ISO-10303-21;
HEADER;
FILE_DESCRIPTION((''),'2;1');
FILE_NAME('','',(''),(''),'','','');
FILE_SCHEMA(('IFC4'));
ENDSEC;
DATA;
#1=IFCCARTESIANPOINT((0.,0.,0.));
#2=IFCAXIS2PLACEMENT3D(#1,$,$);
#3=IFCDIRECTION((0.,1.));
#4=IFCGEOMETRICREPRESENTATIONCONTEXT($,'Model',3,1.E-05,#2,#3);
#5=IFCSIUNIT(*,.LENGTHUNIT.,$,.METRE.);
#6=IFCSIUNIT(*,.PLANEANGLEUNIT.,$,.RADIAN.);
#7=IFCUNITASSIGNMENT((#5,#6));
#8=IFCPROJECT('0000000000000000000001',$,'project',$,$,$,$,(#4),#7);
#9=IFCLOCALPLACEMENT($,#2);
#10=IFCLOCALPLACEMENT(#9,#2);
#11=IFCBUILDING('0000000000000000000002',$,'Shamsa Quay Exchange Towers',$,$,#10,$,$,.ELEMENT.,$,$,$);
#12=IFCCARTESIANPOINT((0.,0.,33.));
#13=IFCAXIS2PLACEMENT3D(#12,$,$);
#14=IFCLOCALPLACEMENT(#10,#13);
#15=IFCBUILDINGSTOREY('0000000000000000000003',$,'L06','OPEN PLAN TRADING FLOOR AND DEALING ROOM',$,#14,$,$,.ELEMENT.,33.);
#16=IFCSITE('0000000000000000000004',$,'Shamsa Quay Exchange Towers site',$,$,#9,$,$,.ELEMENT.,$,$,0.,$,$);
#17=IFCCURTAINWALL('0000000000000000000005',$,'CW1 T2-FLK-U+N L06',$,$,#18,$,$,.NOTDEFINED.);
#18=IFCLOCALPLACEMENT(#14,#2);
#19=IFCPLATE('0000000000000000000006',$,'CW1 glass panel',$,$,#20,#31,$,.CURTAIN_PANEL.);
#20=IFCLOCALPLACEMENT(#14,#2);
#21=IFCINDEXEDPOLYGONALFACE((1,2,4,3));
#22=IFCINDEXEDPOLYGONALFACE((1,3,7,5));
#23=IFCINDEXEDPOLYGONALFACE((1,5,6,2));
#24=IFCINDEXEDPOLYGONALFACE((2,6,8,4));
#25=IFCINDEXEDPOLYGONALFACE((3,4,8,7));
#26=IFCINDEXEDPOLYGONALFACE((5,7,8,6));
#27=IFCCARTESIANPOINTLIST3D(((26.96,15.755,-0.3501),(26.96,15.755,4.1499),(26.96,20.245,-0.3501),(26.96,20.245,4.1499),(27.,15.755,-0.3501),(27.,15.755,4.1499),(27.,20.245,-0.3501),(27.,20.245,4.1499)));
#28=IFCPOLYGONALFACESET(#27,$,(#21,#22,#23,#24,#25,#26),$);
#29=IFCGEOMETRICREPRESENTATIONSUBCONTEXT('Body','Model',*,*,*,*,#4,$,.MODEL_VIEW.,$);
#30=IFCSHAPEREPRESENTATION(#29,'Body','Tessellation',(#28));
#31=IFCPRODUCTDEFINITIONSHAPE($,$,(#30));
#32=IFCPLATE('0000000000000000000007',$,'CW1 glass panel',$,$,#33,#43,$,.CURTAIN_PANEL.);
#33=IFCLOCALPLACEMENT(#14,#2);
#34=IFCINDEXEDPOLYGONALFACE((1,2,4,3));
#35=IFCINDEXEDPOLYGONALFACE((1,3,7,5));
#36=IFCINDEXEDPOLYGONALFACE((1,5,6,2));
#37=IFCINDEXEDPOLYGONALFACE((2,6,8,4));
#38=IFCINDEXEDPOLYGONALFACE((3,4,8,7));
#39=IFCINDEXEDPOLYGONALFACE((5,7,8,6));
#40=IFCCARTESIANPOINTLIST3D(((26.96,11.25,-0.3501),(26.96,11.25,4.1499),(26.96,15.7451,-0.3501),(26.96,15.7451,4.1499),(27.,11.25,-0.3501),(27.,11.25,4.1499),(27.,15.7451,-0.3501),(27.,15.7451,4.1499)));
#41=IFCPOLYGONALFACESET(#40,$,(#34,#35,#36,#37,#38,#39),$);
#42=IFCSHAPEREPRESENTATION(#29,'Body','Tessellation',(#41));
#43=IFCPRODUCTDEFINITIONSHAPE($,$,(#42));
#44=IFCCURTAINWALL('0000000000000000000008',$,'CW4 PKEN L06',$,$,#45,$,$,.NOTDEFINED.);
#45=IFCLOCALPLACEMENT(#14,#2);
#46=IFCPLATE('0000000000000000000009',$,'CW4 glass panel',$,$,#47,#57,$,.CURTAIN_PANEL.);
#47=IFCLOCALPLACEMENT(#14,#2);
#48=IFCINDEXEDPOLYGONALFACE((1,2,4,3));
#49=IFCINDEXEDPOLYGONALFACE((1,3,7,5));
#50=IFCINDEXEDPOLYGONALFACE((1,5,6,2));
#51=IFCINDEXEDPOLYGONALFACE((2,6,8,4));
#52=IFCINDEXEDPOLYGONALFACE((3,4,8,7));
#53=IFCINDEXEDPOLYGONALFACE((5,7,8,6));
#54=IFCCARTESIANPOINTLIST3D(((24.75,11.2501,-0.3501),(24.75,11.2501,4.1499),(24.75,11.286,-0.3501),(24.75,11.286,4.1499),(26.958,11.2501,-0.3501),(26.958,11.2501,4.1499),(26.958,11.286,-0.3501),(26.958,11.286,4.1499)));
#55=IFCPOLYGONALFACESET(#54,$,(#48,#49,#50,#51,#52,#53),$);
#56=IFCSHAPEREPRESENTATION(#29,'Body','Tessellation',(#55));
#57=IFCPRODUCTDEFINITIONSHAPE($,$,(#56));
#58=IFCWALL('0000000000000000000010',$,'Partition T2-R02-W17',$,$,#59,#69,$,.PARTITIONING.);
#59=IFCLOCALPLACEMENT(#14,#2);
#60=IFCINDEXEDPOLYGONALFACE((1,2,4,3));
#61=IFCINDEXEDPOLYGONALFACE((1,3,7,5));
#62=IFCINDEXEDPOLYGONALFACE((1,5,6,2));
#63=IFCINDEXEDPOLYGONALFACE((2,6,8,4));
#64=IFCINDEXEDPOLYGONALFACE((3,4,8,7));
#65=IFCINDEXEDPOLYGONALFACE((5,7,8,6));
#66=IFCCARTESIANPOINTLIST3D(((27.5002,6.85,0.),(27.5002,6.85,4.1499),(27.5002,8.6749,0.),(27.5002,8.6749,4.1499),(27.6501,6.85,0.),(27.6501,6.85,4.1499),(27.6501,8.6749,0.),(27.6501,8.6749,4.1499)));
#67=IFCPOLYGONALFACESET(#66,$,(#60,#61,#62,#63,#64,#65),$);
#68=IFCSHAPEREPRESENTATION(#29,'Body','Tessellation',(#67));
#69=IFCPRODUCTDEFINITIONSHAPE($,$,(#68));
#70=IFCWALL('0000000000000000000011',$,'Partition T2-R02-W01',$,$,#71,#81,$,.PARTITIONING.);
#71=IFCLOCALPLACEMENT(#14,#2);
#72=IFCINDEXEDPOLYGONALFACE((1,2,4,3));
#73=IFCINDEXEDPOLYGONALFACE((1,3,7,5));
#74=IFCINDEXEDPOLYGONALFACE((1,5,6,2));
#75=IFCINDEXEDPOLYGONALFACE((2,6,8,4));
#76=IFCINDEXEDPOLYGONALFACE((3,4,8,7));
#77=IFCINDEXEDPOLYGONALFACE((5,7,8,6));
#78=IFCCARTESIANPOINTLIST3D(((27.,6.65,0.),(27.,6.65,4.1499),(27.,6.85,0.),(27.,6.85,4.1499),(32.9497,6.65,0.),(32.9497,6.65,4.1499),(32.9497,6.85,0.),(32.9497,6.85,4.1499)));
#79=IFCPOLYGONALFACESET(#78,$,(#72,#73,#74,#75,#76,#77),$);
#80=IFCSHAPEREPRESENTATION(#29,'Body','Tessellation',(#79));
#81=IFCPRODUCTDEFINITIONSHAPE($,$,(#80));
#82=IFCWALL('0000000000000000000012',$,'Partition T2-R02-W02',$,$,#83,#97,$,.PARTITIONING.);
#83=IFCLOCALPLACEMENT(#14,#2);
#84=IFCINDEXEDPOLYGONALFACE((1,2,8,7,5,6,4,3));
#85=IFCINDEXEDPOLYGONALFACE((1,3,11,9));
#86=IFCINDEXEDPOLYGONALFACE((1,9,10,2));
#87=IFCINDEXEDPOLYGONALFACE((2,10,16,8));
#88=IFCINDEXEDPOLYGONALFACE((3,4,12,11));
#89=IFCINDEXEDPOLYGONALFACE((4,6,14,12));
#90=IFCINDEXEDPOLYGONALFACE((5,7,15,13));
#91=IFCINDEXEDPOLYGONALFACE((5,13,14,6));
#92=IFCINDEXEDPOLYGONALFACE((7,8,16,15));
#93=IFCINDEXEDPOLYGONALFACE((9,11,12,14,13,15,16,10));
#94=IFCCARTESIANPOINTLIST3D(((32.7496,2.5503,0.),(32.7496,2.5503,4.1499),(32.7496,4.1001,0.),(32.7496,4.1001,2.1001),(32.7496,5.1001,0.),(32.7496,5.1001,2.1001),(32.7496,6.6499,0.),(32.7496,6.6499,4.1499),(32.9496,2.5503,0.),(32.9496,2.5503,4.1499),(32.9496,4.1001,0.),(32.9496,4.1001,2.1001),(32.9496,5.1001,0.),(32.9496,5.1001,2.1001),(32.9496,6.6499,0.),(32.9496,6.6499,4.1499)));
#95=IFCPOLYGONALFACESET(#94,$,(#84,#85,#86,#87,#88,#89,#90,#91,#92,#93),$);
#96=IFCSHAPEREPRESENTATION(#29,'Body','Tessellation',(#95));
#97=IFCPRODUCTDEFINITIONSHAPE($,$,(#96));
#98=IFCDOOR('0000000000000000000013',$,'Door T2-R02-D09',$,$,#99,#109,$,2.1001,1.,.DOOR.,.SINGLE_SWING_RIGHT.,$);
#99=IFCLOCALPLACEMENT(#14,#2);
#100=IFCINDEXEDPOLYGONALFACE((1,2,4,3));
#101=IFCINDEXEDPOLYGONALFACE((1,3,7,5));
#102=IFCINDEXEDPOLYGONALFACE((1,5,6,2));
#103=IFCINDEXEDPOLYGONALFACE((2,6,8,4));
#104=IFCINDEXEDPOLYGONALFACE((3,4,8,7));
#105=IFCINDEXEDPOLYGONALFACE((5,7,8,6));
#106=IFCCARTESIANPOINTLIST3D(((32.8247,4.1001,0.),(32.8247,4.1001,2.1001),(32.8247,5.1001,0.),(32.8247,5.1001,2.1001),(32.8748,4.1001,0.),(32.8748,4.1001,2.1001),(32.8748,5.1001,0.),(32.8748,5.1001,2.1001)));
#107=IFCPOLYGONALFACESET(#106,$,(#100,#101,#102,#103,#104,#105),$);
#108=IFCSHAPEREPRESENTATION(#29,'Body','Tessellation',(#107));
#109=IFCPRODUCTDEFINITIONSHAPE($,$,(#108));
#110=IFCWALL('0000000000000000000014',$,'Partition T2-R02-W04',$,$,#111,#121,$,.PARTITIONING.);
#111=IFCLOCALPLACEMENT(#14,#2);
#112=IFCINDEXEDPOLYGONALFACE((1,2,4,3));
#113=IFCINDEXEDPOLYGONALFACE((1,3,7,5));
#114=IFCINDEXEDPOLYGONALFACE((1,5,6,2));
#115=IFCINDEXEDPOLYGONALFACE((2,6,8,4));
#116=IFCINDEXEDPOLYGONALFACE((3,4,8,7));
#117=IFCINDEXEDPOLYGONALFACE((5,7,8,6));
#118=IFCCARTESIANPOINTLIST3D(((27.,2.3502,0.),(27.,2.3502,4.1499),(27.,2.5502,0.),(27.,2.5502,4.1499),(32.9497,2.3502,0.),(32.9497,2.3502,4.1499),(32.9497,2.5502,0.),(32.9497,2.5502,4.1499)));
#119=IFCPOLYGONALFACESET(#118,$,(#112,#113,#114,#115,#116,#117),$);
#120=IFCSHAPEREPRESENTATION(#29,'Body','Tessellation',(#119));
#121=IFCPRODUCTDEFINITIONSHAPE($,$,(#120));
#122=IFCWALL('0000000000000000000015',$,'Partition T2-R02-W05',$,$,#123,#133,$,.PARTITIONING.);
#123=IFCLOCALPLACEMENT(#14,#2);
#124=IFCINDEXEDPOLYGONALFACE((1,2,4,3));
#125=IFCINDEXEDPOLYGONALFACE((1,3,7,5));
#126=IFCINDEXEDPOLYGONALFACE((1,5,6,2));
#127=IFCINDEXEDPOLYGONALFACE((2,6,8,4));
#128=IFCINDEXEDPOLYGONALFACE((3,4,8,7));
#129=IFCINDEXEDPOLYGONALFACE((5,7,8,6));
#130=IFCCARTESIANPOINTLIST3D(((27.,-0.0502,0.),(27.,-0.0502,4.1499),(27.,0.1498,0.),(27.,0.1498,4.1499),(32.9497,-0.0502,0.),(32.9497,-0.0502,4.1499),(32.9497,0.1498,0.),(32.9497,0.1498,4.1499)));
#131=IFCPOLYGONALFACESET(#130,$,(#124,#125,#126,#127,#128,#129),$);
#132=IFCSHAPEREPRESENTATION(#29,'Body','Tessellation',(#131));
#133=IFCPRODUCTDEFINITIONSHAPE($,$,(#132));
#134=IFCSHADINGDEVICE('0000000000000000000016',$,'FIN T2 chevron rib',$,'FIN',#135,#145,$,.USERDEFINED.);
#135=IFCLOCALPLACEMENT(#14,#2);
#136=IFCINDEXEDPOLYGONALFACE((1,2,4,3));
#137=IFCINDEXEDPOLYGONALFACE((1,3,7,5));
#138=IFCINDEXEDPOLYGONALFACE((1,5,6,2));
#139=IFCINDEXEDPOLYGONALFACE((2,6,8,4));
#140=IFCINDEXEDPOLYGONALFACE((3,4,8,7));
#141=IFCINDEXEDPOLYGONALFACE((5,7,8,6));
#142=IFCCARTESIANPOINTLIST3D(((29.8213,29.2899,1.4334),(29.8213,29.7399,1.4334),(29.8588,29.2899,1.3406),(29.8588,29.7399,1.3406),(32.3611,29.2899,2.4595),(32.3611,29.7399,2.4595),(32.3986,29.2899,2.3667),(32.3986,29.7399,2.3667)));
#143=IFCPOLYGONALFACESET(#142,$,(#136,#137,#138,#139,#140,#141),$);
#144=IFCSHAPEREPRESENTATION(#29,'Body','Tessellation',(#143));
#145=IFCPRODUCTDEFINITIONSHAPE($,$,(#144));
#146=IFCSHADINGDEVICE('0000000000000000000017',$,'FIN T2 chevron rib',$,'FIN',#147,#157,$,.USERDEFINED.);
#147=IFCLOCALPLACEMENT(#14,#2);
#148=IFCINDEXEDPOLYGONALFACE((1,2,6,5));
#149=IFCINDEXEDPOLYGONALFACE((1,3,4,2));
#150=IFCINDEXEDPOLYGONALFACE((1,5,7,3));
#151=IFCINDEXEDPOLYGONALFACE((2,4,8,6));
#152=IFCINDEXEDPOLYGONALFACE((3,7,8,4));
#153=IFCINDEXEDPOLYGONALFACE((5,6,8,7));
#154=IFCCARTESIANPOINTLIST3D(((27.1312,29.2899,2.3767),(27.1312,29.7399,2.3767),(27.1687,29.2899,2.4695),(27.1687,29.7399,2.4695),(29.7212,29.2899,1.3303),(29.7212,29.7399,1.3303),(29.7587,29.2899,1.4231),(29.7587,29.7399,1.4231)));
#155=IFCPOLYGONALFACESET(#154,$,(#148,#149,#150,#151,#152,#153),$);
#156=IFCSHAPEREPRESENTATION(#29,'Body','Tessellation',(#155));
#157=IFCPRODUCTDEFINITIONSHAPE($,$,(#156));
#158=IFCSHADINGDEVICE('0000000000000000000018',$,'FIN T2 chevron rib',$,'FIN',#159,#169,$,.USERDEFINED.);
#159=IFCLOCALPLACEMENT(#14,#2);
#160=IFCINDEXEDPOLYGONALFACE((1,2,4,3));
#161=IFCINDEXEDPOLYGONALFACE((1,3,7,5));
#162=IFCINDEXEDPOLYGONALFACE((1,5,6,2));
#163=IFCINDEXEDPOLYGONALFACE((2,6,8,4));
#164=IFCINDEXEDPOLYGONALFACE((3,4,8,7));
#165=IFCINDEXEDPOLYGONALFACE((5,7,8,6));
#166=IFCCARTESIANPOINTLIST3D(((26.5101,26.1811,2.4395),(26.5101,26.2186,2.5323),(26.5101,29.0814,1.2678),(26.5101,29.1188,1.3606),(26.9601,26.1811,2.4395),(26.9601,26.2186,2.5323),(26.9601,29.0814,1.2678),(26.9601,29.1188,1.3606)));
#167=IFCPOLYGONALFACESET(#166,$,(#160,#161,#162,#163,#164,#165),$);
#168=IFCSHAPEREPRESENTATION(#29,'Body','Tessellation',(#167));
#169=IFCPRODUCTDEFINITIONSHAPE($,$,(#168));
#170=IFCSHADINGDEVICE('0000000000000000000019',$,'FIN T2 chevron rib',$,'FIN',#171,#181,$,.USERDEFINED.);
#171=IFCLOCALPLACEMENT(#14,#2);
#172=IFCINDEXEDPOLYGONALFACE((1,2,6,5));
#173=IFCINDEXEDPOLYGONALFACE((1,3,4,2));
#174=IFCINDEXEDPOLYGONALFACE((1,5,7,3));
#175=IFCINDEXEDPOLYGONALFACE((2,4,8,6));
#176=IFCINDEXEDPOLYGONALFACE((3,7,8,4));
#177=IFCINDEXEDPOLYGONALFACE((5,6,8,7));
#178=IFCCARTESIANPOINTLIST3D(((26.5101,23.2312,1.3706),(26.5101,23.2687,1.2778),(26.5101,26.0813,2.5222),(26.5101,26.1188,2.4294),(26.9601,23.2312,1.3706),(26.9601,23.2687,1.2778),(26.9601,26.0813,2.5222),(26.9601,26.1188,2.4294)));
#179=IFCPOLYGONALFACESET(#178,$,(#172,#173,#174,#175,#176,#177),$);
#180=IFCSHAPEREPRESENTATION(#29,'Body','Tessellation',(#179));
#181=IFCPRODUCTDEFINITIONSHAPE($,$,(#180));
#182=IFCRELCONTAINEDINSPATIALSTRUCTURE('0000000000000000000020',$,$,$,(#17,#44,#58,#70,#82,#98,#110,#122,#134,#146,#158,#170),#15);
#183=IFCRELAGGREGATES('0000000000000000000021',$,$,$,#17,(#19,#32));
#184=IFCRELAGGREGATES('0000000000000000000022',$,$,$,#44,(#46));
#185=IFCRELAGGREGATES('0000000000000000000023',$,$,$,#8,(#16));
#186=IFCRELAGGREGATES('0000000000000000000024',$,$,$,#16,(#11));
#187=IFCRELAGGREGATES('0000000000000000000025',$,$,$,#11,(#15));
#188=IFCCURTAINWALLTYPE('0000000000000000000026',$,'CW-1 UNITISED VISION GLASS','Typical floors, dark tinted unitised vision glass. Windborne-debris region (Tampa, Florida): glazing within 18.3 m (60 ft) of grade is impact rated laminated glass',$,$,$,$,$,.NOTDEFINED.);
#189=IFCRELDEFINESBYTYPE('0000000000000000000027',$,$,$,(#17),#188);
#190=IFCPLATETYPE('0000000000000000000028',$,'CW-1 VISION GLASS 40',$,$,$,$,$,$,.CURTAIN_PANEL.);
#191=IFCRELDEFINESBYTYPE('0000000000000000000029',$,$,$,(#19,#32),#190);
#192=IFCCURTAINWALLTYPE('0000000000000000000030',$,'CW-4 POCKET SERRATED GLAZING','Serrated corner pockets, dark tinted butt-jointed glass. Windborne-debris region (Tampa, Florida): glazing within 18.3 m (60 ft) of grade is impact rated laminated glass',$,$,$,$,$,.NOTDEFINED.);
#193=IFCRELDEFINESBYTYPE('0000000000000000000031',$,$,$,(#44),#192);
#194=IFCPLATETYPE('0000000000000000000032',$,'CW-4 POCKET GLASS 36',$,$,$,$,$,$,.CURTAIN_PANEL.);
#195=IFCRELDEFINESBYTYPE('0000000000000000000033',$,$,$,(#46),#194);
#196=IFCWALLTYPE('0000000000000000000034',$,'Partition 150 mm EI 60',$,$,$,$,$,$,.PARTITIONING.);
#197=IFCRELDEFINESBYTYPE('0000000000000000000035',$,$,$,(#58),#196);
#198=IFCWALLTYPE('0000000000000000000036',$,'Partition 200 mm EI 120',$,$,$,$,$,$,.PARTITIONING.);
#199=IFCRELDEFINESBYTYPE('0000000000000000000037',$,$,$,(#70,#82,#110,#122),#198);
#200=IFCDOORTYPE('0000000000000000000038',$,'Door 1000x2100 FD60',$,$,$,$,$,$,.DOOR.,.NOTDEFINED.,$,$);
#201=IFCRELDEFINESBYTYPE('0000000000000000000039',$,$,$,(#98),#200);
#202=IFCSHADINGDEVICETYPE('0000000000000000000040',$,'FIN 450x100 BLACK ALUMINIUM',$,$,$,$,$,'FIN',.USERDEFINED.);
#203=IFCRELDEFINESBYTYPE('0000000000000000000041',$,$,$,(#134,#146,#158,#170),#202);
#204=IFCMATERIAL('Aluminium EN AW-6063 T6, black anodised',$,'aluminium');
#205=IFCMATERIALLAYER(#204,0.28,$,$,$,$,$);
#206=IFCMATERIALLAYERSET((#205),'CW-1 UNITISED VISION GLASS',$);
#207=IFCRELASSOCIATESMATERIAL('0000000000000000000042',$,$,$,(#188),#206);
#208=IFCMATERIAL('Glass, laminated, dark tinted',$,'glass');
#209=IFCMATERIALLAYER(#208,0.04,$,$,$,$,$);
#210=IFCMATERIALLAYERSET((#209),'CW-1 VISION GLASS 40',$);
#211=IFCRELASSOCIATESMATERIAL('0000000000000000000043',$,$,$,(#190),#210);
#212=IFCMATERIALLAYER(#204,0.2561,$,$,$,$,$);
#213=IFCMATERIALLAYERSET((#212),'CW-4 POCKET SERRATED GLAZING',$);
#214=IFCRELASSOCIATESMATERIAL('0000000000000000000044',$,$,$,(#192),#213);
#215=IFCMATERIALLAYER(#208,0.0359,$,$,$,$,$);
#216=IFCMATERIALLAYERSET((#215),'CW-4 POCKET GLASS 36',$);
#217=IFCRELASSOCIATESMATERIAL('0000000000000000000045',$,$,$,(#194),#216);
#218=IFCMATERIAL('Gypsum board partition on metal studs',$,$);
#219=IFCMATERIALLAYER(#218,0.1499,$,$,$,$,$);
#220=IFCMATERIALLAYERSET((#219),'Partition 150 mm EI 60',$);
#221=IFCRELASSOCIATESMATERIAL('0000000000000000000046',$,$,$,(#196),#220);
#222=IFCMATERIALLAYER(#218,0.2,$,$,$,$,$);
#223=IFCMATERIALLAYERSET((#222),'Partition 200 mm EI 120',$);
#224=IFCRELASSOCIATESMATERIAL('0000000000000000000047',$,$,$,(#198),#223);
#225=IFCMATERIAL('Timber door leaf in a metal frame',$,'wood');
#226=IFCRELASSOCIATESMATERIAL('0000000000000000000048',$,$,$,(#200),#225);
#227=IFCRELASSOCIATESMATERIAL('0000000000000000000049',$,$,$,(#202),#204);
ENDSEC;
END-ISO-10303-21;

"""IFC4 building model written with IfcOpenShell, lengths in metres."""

from ifc_helpers import new_model, si_unit, direction, frame, frame_2d, origin, origin_2d, place, context, subcontext, project, spatial, rectangle, extrude, material, layer, layer_set, material_profile, profile_set, type_object, element, fill, aggregate, save


model = new_model("IFC4")

# Units and contexts
model_context = context("Model", 3, precision=1e-05, world=origin(), true_north=direction((0.0, 1.0)))
body_context = subcontext(model_context, "Body", "Model", "MODEL_VIEW")
ifc_project = project(units=[si_unit("LENGTHUNIT", "METRE"), si_unit("PLANEANGLEUNIT", "RADIAN")], contexts=[model_context])

# Site, building, storey
site_placement = place(None, origin())
site = spatial("IfcSite", under=ifc_project, at=site_placement, Name="Shamsa Quay Exchange Towers site", CompositionType="ELEMENT", RefElevation=0.0)
building_placement = place(site_placement, origin())
building = spatial("IfcBuilding", under=site, at=building_placement, Name="Shamsa Quay Exchange Towers", CompositionType="ELEMENT")
storey_placement = place(building_placement, frame((0.0, 0.0, 33.0)))
storey = spatial("IfcBuildingStorey", under=building, at=storey_placement, Name="L06", Description="OPEN PLAN TRADING FLOOR AND DEALING ROOM", CompositionType="ELEMENT", Elevation=33.0)

# Shared definitions
ifc_material_1 = material(Name="Aluminium EN AW-6063 T6, black anodised", Category="aluminium")
ifc_layer_1 = layer(ifc_material_1, 0.28)
ifc_layer_set_1 = layer_set([ifc_layer_1], Name="CW-1 UNITISED VISION GLASS")
curtain_wall_type_1 = type_object("IfcCurtainWallType", Name="CW-1 UNITISED VISION GLASS", Description="Typical floors, dark tinted unitised vision glass. Windborne-debris region (Tampa, Florida): glazing within 18.3 m (60 ft) of grade is impact rated laminated glass", PredefinedType="NOTDEFINED", material=ifc_layer_set_1)

# Curtain wall
curtain_wall_1_placement = place(storey_placement, origin())
curtain_wall_1 = element("IfcCurtainWall", 1, at=curtain_wall_1_placement, inside=storey, type_object=curtain_wall_type_1, Name="CW1 T2-FLK-U+N L06", PredefinedType="NOTDEFINED")

# Plates
ifc_material_2 = material(Name="Glass, laminated, dark tinted", Category="glass")
ifc_layer_2 = layer(ifc_material_2, 0.04)
ifc_layer_set_2 = layer_set([ifc_layer_2], Name="CW-1 VISION GLASS 40")
plate_type_1 = type_object("IfcPlateType", Name="CW-1 VISION GLASS 40", PredefinedType="CURTAIN_PANEL", material=ifc_layer_set_2)
plate_1_placement = place(storey_placement, frame((26.98, 18.0, -0.3501), z_axis=(0.0, 0.0, 1.0), x_axis=(0.0, -1.0, 0.0)))
plate_1 = element("IfcPlate", 2, at=plate_1_placement, type_object=plate_type_1, Name="CW1 glass panel", PredefinedType="CURTAIN_PANEL", context=body_context, shape_type="SweptSolid", body=[
    extrude(rectangle(XDim=4.49, YDim=0.04, at=origin_2d()), origin(), (0.0, 0.0, 1.0), 4.5),
])
plate_2_placement = place(storey_placement, frame((26.98, 13.4976, -0.3501), z_axis=(0.0, 0.0, 1.0), x_axis=(0.0, -1.0, 0.0)))
plate_2 = element("IfcPlate", 3, at=plate_2_placement, type_object=plate_type_1, Name="CW1 glass panel", PredefinedType="CURTAIN_PANEL", context=body_context, shape_type="SweptSolid", body=[
    extrude(rectangle(XDim=4.4951, YDim=0.04, at=origin_2d()), origin(), (0.0, 0.0, 1.0), 4.5),
])
aggregate(curtain_wall_1, [plate_1, plate_2])

# Curtain wall, plate
ifc_layer_3 = layer(ifc_material_1, 0.2561)
ifc_layer_set_3 = layer_set([ifc_layer_3], Name="CW-4 POCKET SERRATED GLAZING")
curtain_wall_type_2 = type_object("IfcCurtainWallType", Name="CW-4 POCKET SERRATED GLAZING", Description="Serrated corner pockets, dark tinted butt-jointed glass. Windborne-debris region (Tampa, Florida): glazing within 18.3 m (60 ft) of grade is impact rated laminated glass", PredefinedType="NOTDEFINED", material=ifc_layer_set_3)
curtain_wall_2_placement = place(storey_placement, origin())
curtain_wall_2 = element("IfcCurtainWall", 4, at=curtain_wall_2_placement, inside=storey, type_object=curtain_wall_type_2, Name="CW4 PKEN L06", PredefinedType="NOTDEFINED")
ifc_layer_4 = layer(ifc_material_2, 0.0359)
ifc_layer_set_4 = layer_set([ifc_layer_4], Name="CW-4 POCKET GLASS 36")
plate_type_2 = type_object("IfcPlateType", Name="CW-4 POCKET GLASS 36", PredefinedType="CURTAIN_PANEL", material=ifc_layer_set_4)
plate_3_placement = place(storey_placement, frame((25.854, 11.2681, -0.3501), z_axis=(0.0, 0.0, 1.0), x_axis=(-1.0, 0.0, 0.0)))
plate_3 = element("IfcPlate", 5, at=plate_3_placement, type_object=plate_type_2, Name="CW4 glass panel", PredefinedType="CURTAIN_PANEL", context=body_context, shape_type="SweptSolid", body=[
    extrude(rectangle(XDim=2.208, YDim=0.0359, at=origin_2d()), origin(), (0.0, 0.0, 1.0), 4.5),
])
aggregate(curtain_wall_2, [plate_3])

# Walls
ifc_material_3 = material(Name="Gypsum board partition on metal studs")
ifc_layer_5 = layer(ifc_material_3, 0.1499)
ifc_layer_set_5 = layer_set([ifc_layer_5], Name="Partition 150 mm EI 60")
wall_type_1 = type_object("IfcWallType", Name="Partition 150 mm EI 60", PredefinedType="PARTITIONING", material=ifc_layer_set_5)
wall_1_placement = place(storey_placement, frame((27.5752, 8.675, 0.0), z_axis=(0.0, 0.0, 1.0), x_axis=(0.0, -1.0, 0.0)))
element("IfcWall", 6, at=wall_1_placement, inside=storey, type_object=wall_type_1, Name="Partition T2-R02-W17", PredefinedType="PARTITIONING", context=body_context, shape_type="SweptSolid", body=[
    extrude(rectangle(XDim=1.825, YDim=0.1499, at=frame_2d((0.9126, 0.0))), origin(), (0.0, 0.0, 1.0), 4.1499),
])
ifc_layer_6 = layer(ifc_material_3, 0.2)
ifc_layer_set_6 = layer_set([ifc_layer_6], Name="Partition 200 mm EI 120")
wall_type_2 = type_object("IfcWallType", Name="Partition 200 mm EI 120", PredefinedType="PARTITIONING", material=ifc_layer_set_6)
wall_2_placement = place(storey_placement, frame((32.9497, 6.75, 0.0), z_axis=(0.0, 0.0, 1.0), x_axis=(-1.0, 0.0, 0.0)))
element("IfcWall", 7, at=wall_2_placement, inside=storey, type_object=wall_type_2, Name="Partition T2-R02-W01", PredefinedType="PARTITIONING", context=body_context, shape_type="SweptSolid", body=[
    extrude(rectangle(XDim=5.9497, YDim=0.2, at=frame_2d((2.9749, 0.0))), origin(), (0.0, 0.0, 1.0), 4.1499),
])

# Wall, opening, door
wall_3_placement = place(storey_placement, frame((32.8496, 2.5503, 0.0), z_axis=(0.0, 0.0, 1.0), x_axis=(0.0, 1.0, 0.0)))
wall_3 = element("IfcWall", 8, at=wall_3_placement, inside=storey, type_object=wall_type_2, Name="Partition T2-R02-W02", PredefinedType="PARTITIONING", context=body_context, shape_type="SweptSolid", body=[
    extrude(rectangle(XDim=4.0996, YDim=0.2, at=frame_2d((2.0498, 0.0))), origin(), (0.0, 0.0, 1.0), 4.1499),
])
opening_1_placement = place(wall_3_placement, frame((1.5498, 0.0, 0.0)))
opening_1 = element("IfcOpeningElement", 9, at=opening_1_placement, cuts=wall_3, PredefinedType="OPENING", context=body_context, shape_type="SweptSolid", body=[
    extrude(rectangle(XDim=1.0, YDim=2.1001, at=frame_2d((0.5, 1.05))), frame((0.0, 0.1099, 0.0), z_axis=(0.0, -1.0, 0.0), x_axis=(1.0, 0.0, 0.0)), (0.0, 0.0, 1.0), 0.22),
])
ifc_material_4 = material(Name="Timber door leaf in a metal frame", Category="wood")
door_type_1 = type_object("IfcDoorType", Name="Door 1000x2100 FD60", OperationType="NOTDEFINED", PredefinedType="DOOR", material=ifc_material_4)
door_1_placement = place(opening_1_placement, origin())
door_1 = element("IfcDoor", 10, at=door_1_placement, inside=storey, type_object=door_type_1, Name="Door T2-R02-D09", OperationType="SINGLE_SWING_RIGHT", OverallHeight=2.1001, OverallWidth=1.0, PredefinedType="DOOR", context=body_context, shape_type="SweptSolid", body=[
    extrude(rectangle(XDim=1.0, YDim=2.1001, at=frame_2d((0.5, 1.05))), frame((0.0, 0.0249, 0.0), z_axis=(0.0, -1.0, 0.0), x_axis=(1.0, 0.0, 0.0)), (0.0, 0.0, 1.0), 0.05),
])
fill(opening_1, door_1)

# Walls
wall_4_placement = place(storey_placement, frame((27.0, 2.4502, 0.0)))
element("IfcWall", 11, at=wall_4_placement, inside=storey, type_object=wall_type_2, Name="Partition T2-R02-W04", PredefinedType="PARTITIONING", context=body_context, shape_type="SweptSolid", body=[
    extrude(rectangle(XDim=5.9497, YDim=0.2, at=frame_2d((2.9749, 0.0))), origin(), (0.0, 0.0, 1.0), 4.1499),
])
wall_5_placement = place(storey_placement, frame((32.9497, 0.0498, 0.0), z_axis=(0.0, 0.0, 1.0), x_axis=(-1.0, 0.0, 0.0)))
element("IfcWall", 12, at=wall_5_placement, inside=storey, type_object=wall_type_2, Name="Partition T2-R02-W05", PredefinedType="PARTITIONING", context=body_context, shape_type="SweptSolid", body=[
    extrude(rectangle(XDim=5.9497, YDim=0.2, at=frame_2d((2.9749, 0.0))), origin(), (0.0, 0.0, 1.0), 4.1499),
])

# Shading devices
ifc_material_profile_1 = material_profile(ifc_material_1, rectangle(XDim=0.45, YDim=0.1001, at=origin_2d()), Name="FIN450x100")
ifc_profile_set_1 = profile_set([ifc_material_profile_1], Name="Aluminium EN AW-6063 T6, black anodised")
shading_device_type = type_object("IfcShadingDeviceType", Name="FIN 450x100 BLACK ALUMINIUM", ElementType="FIN", PredefinedType="USERDEFINED", material=ifc_profile_set_1)
shading_device_1_placement = place(storey_placement, frame((32.3799, 29.5149, 2.4131), z_axis=(-0.927186, 0.0, -0.3746), x_axis=(0.0, -1.0, 0.0)))
element("IfcShadingDevice", 13, at=shading_device_1_placement, inside=storey, type_object=shading_device_type, Name="FIN T2 chevron rib", ObjectType="FIN", PredefinedType="USERDEFINED", context=body_context, shape_type="SweptSolid", body=[
    extrude(rectangle(XDim=0.45, YDim=0.1001, at=origin_2d()), origin(), (0.0, 0.0, 1.0), 2.7393),
])
shading_device_2_placement = place(storey_placement, frame((29.74, 29.5149, 1.3767), z_axis=(-0.927193, 0.0, 0.374583), x_axis=(0.0, -1.0, 0.0)))
element("IfcShadingDevice", 14, at=shading_device_2_placement, inside=storey, type_object=shading_device_type, Name="FIN T2 chevron rib", ObjectType="FIN", PredefinedType="USERDEFINED", context=body_context, shape_type="SweptSolid", body=[
    extrude(rectangle(XDim=0.45, YDim=0.1001, at=origin_2d()), origin(), (0.0, 0.0, 1.0), 2.7935),
])
shading_device_3_placement = place(storey_placement, frame((26.7351, 29.1001, 1.3142), z_axis=(0.0, -0.927195, 0.374578), x_axis=(1.0, 0.0, 0.0)))
element("IfcShadingDevice", 15, at=shading_device_3_placement, inside=storey, type_object=shading_device_type, Name="FIN T2 chevron rib", ObjectType="FIN", PredefinedType="USERDEFINED", context=body_context, shape_type="SweptSolid", body=[
    extrude(rectangle(XDim=0.45, YDim=0.1001, at=origin_2d()), origin(), (0.0, 0.0, 1.0), 3.1279),
])
shading_device_4_placement = place(storey_placement, frame((26.7351, 26.1001, 2.4758), z_axis=(0.0, -0.927173, -0.374634), x_axis=(1.0, 0.0, 0.0)))
element("IfcShadingDevice", 16, at=shading_device_4_placement, inside=storey, type_object=shading_device_type, Name="FIN T2 chevron rib", ObjectType="FIN", PredefinedType="USERDEFINED", context=body_context, shape_type="SweptSolid", body=[
    extrude(rectangle(XDim=0.45, YDim=0.1001, at=origin_2d()), origin(), (0.0, 0.0, 1.0), 3.074),
])

save(model, "model.ifc")
